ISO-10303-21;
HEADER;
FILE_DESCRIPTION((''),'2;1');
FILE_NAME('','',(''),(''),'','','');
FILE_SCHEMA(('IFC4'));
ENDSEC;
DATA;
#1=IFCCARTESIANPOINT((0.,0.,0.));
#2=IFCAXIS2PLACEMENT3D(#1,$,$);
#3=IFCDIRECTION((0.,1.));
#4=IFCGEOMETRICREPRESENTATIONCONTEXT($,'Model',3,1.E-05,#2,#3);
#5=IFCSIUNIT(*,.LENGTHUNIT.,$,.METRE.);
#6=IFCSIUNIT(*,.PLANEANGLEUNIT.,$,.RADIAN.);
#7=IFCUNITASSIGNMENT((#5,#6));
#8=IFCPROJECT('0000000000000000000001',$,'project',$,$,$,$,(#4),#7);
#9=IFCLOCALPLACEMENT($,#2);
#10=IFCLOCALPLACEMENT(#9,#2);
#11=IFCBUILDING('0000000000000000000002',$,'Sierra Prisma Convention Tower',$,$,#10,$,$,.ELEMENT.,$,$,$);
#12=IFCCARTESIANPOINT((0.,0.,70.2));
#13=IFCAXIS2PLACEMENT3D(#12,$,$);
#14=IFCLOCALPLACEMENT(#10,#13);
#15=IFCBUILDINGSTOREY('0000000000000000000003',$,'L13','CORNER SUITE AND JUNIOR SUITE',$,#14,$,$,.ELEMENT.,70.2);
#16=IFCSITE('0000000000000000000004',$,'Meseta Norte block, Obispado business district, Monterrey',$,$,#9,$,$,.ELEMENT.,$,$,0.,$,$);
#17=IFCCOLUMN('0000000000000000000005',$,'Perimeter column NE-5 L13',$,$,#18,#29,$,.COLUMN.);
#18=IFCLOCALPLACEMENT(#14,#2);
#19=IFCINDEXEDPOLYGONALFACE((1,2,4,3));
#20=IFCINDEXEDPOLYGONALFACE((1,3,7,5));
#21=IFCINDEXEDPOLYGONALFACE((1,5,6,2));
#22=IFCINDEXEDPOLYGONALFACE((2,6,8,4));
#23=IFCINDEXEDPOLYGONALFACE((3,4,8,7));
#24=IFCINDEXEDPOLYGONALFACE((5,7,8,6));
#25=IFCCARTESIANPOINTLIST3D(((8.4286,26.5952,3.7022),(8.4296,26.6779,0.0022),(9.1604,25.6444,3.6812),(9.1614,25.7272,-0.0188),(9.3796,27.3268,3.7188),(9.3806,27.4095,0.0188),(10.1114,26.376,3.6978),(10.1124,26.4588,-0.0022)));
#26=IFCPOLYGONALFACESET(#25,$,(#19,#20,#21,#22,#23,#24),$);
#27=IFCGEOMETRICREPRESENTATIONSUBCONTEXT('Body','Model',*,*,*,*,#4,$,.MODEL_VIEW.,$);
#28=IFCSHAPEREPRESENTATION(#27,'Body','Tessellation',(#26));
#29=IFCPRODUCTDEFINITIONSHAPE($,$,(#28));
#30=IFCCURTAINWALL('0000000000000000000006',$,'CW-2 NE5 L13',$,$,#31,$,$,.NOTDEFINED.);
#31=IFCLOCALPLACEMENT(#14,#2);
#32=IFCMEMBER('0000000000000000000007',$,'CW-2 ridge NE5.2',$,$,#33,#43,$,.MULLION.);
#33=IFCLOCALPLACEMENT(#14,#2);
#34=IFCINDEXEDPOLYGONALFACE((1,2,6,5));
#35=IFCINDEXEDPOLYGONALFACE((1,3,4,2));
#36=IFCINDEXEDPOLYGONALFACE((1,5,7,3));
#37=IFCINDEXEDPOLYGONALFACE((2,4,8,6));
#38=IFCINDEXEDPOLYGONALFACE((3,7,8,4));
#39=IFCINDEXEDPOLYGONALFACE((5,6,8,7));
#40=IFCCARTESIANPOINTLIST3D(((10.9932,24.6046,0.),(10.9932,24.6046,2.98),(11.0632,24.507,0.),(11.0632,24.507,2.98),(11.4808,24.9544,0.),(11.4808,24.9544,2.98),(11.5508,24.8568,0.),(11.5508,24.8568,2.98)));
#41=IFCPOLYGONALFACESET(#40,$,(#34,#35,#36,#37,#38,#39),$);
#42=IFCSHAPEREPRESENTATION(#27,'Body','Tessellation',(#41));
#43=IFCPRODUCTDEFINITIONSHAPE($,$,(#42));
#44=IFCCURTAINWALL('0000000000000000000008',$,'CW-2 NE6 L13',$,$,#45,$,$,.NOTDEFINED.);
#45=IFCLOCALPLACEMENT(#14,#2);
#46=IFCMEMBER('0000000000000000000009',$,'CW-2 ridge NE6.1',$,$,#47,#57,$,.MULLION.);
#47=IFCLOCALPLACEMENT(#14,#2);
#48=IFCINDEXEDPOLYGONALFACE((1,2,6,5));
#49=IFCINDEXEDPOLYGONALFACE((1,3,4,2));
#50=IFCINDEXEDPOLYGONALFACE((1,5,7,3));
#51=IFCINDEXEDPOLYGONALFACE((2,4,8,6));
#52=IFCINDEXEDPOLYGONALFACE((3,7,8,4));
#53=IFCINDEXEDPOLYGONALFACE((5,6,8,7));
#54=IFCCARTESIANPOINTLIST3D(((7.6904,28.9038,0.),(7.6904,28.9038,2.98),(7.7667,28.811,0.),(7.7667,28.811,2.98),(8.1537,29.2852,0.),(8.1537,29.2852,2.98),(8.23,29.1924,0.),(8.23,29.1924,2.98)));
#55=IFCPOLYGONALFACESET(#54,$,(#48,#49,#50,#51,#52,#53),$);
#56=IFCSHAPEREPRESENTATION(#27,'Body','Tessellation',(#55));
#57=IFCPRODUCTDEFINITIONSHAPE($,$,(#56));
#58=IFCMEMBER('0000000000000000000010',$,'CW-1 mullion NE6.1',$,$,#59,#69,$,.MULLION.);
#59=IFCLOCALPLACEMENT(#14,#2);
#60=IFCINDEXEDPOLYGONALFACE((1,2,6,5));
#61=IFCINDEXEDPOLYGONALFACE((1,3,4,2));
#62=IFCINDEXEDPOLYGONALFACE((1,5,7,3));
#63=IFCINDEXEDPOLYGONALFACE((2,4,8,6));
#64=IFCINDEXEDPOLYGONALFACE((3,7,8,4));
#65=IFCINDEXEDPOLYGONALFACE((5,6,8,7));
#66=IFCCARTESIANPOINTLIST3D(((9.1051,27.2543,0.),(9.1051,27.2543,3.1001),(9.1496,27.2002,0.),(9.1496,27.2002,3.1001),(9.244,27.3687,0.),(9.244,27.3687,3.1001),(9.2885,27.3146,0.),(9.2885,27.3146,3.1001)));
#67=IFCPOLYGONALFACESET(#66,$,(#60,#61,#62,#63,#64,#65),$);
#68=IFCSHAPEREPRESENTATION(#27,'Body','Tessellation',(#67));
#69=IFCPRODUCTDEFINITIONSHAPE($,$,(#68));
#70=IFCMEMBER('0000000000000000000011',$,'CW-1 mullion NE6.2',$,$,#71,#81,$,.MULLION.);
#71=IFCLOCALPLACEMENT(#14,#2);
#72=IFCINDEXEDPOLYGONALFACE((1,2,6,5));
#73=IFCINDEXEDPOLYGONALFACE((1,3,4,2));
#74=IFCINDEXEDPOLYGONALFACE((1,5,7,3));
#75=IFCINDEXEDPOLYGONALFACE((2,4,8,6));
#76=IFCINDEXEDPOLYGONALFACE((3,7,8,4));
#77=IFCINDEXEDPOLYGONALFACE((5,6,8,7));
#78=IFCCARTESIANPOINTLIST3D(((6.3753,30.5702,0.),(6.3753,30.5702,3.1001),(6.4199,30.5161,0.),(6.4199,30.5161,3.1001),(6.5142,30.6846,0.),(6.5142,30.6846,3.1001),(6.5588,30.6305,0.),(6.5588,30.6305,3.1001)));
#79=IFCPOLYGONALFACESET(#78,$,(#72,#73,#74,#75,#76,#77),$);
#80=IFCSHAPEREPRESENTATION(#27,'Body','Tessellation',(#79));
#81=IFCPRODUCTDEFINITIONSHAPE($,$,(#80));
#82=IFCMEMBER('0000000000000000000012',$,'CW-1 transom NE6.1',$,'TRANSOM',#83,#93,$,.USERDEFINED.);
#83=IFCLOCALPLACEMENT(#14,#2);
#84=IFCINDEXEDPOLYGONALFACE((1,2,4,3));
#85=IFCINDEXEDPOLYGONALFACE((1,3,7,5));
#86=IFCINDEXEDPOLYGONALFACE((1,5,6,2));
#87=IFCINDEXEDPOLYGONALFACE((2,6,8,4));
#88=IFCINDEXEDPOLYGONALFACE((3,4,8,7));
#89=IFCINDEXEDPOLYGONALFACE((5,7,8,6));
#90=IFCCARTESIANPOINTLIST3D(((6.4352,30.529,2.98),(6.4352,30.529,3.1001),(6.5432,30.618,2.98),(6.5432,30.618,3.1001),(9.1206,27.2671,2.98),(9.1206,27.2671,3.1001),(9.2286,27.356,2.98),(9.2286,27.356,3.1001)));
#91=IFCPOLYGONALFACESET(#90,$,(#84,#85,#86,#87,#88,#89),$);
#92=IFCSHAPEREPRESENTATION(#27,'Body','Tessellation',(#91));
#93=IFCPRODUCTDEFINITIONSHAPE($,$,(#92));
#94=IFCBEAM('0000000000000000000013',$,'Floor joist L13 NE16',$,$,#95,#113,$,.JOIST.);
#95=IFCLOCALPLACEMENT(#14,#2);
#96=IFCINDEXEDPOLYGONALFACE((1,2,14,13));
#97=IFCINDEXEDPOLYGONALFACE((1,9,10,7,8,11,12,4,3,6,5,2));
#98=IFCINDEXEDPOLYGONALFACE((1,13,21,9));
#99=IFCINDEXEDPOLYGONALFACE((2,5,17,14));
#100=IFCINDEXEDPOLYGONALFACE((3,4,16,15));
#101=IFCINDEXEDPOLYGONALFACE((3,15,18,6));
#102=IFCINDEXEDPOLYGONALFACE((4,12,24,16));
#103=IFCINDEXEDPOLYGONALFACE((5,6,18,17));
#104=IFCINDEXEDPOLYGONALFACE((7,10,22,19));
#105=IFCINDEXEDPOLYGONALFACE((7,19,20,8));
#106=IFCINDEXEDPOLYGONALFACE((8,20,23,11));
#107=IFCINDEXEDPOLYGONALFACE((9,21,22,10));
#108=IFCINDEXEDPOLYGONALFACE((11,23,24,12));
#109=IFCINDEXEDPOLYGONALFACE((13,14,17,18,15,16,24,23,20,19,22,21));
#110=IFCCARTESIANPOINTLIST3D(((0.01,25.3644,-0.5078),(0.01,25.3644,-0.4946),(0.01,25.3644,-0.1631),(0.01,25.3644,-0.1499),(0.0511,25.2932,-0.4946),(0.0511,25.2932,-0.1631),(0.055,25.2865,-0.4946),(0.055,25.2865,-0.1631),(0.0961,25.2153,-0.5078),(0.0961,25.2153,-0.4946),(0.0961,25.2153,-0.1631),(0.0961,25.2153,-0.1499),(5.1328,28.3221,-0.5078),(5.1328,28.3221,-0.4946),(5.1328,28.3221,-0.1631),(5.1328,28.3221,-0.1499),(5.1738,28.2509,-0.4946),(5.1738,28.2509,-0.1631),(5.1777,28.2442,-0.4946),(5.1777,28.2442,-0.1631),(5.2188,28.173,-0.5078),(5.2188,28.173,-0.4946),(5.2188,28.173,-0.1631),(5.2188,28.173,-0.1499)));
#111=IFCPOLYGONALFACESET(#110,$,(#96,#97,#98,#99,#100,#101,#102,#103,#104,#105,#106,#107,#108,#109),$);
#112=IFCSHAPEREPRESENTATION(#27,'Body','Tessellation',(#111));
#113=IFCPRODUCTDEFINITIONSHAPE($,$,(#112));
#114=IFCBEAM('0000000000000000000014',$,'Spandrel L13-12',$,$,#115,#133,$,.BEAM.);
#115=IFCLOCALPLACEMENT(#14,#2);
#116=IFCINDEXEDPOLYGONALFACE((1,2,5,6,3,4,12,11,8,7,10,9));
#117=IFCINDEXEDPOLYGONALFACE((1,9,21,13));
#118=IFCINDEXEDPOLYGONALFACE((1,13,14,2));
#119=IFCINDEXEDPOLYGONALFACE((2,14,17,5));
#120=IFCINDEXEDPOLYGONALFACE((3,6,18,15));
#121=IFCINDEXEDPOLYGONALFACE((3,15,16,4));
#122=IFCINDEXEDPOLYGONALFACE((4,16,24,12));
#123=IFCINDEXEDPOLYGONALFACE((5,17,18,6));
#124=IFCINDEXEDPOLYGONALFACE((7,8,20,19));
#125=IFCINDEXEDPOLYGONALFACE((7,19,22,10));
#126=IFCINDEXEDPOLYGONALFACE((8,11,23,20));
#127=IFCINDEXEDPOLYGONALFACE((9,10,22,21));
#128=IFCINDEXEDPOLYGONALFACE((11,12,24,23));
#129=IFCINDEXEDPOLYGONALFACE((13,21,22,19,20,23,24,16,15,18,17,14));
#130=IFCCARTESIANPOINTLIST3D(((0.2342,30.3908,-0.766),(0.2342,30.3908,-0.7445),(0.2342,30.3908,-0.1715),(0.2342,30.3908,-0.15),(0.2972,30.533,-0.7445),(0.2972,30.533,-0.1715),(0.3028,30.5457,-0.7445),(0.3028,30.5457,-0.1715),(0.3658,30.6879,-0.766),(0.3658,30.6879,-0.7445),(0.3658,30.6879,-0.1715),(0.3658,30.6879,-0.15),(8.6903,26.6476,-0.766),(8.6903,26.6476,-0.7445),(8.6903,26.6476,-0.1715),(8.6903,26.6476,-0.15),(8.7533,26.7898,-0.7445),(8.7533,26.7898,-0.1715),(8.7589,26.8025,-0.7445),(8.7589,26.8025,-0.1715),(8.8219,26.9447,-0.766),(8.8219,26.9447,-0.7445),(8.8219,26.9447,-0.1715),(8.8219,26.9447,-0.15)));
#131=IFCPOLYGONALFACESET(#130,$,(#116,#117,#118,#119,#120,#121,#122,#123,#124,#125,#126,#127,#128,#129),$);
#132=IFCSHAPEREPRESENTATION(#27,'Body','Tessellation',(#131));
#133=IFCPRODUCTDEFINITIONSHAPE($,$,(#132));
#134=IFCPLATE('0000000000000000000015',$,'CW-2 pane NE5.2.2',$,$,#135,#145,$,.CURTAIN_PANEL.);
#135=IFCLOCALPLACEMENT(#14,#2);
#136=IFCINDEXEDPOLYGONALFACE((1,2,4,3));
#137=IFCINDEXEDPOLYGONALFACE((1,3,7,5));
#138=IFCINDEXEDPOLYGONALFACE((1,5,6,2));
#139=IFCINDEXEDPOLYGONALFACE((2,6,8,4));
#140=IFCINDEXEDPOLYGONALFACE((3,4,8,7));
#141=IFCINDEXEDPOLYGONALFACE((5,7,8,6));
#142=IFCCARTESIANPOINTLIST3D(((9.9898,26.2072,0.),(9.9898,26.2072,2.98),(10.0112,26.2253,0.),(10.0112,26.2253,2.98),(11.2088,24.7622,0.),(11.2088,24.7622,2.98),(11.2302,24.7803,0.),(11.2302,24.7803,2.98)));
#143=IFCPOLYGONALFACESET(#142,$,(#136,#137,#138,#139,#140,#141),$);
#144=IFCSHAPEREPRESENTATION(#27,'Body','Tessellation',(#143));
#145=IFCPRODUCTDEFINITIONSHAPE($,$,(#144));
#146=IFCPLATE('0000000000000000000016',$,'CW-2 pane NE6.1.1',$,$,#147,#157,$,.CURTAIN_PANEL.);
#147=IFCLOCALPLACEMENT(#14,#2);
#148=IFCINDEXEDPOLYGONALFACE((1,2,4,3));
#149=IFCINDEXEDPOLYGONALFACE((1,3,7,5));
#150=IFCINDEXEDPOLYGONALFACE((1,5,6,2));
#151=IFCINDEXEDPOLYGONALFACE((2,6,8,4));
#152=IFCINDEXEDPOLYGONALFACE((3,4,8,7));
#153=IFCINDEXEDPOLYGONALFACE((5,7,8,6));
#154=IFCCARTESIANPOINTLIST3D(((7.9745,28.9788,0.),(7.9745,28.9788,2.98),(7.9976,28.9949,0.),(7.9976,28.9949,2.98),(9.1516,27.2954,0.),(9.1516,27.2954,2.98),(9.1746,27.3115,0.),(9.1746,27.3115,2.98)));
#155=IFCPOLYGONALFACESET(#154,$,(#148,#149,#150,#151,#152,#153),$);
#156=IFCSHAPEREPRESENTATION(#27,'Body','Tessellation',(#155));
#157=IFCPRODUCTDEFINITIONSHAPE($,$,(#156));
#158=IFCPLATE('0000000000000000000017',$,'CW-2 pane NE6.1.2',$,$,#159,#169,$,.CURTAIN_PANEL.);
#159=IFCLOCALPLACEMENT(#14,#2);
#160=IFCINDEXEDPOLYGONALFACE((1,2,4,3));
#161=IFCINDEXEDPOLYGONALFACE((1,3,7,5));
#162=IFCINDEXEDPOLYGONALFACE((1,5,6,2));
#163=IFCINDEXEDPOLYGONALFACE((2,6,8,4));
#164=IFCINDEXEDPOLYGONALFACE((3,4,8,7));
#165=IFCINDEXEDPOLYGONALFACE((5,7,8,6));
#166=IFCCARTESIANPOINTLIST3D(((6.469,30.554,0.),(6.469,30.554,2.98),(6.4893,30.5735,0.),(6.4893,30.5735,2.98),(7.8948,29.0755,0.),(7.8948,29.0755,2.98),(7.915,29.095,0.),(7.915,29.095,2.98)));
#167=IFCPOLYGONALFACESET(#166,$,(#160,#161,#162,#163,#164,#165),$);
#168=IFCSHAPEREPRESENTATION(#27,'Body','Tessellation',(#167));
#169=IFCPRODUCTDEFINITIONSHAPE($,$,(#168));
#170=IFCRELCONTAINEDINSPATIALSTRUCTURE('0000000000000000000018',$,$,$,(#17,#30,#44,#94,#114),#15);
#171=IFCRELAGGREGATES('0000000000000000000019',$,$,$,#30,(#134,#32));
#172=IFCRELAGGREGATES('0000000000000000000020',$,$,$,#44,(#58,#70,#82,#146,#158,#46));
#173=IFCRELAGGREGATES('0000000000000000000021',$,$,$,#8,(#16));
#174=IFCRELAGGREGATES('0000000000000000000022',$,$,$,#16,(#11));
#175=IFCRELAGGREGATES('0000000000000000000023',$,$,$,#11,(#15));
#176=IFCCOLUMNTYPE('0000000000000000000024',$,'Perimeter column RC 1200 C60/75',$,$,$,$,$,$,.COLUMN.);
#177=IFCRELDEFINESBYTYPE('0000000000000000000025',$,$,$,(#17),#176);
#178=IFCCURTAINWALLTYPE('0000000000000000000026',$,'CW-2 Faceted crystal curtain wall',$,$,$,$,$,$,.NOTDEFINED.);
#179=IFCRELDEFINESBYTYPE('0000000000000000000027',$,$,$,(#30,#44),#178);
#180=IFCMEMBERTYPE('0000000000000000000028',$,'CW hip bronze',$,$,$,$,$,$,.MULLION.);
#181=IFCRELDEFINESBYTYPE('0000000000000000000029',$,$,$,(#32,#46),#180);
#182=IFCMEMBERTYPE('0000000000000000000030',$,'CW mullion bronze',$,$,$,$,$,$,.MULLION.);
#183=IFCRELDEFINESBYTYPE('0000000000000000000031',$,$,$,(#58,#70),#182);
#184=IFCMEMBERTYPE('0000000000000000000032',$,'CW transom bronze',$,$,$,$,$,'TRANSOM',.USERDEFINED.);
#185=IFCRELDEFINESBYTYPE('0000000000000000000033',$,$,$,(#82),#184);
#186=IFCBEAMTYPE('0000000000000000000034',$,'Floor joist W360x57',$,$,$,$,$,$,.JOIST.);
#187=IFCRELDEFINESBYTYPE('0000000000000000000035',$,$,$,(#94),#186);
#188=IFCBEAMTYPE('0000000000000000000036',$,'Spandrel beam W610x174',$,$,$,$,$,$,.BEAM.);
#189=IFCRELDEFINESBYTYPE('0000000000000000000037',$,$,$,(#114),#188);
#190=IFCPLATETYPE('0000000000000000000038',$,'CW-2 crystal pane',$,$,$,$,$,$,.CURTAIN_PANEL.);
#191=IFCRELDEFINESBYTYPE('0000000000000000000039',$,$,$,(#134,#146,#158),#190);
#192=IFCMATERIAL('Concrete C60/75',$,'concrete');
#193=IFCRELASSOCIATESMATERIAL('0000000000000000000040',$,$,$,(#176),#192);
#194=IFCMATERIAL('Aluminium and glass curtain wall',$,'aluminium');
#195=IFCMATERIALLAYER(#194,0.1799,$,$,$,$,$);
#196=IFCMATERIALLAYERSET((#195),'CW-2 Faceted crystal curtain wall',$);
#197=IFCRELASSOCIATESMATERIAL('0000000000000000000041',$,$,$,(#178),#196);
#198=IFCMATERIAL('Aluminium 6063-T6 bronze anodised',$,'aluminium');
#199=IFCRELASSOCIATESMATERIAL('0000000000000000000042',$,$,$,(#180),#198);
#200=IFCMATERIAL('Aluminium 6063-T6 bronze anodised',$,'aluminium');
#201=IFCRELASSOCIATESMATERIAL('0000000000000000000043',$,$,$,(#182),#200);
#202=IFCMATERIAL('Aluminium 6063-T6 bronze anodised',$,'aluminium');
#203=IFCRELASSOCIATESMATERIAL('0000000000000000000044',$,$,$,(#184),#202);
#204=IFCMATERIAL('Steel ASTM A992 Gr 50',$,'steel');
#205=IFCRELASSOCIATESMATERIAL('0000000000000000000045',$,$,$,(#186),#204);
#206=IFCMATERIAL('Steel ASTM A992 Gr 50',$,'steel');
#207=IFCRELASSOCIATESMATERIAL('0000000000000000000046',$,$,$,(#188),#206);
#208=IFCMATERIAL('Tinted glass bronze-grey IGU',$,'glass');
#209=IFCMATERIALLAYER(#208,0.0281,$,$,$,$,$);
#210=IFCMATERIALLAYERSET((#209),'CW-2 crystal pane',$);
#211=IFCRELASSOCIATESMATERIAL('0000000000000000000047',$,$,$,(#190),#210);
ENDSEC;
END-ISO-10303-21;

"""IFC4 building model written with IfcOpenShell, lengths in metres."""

from ifc_helpers import new_model, si_unit, direction, frame, origin, origin_2d, place, context, subcontext, project, spatial, polyline, rectangle, i_section, outline, extrude, material, layer, layer_set, material_profile, profile_set, type_object, element, aggregate, save


model = new_model("IFC4")

# Units and contexts
model_context = context("Model", 3, precision=1e-05, world=origin(), true_north=direction((0.0, 1.0)))
body_context = subcontext(model_context, "Body", "Model", "MODEL_VIEW")
ifc_project = project(units=[si_unit("LENGTHUNIT", "METRE"), si_unit("PLANEANGLEUNIT", "RADIAN")], contexts=[model_context])

# Site, building, storey
site_placement = place(None, origin())
site = spatial("IfcSite", under=ifc_project, at=site_placement, Name="Meseta Norte block, Obispado business district, Monterrey", CompositionType="ELEMENT", RefElevation=0.0)
building_placement = place(site_placement, origin())
building = spatial("IfcBuilding", under=site, at=building_placement, Name="Sierra Prisma Convention Tower", CompositionType="ELEMENT")
storey_placement = place(building_placement, frame((0.0, 0.0, 70.2)))
storey = spatial("IfcBuildingStorey", under=building, at=storey_placement, Name="L13", Description="CORNER SUITE AND JUNIOR SUITE", CompositionType="ELEMENT", Elevation=70.2)

# Column
ifc_material_1 = material(Name="Concrete C60/75", Category="concrete")
ifc_material_profile_1 = material_profile(ifc_material_1, rectangle(XDim=1.2, YDim=1.2, at=origin_2d()), Name="Perimeter column RC 1200 C60/75")
ifc_profile_set_1 = profile_set([ifc_material_profile_1], Name="Concrete C60/75")
column_type = type_object("IfcColumnType", Name="Perimeter column RC 1200 C60/75", PredefinedType="COLUMN", material=ifc_profile_set_1)
column_placement = place(storey_placement, frame((9.271, 26.5684, 0.0), z_axis=(-0.000264, -0.022363, 0.99975), x_axis=(-0.609857, 0.792316, 0.017562)))
element("IfcColumn", 1, at=column_placement, inside=storey, type_object=column_type, Name="Perimeter column NE-5 L13", PredefinedType="COLUMN", context=body_context, shape_type="SweptSolid", body=[
    extrude(rectangle(XDim=1.2, YDim=1.2, at=origin_2d()), origin(), (0.0, 0.0, 1.0), 3.7009),
])

# Curtain wall, member
ifc_material_2 = material(Name="Aluminium and glass curtain wall", Category="aluminium")
ifc_layer_1 = layer(ifc_material_2, 0.1799)
ifc_layer_set_1 = layer_set([ifc_layer_1], Name="CW-2 Faceted crystal curtain wall")
curtain_wall_type = type_object("IfcCurtainWallType", Name="CW-2 Faceted crystal curtain wall", PredefinedType="NOTDEFINED", material=ifc_layer_set_1)
curtain_wall_1_placement = place(storey_placement, origin())
curtain_wall_1 = element("IfcCurtainWall", 2, at=curtain_wall_1_placement, inside=storey, type_object=curtain_wall_type, Name="CW-2 NE5 L13", PredefinedType="NOTDEFINED")
ifc_material_3 = material(Name="Aluminium 6063-T6 bronze anodised", Category="aluminium")
ifc_material_profile_2 = material_profile(ifc_material_3, rectangle(XDim=0.1201, YDim=0.6001, at=origin_2d()), Name="ALU RIDGE BLADE 120x600")
ifc_profile_set_2 = profile_set([ifc_material_profile_2], Name="Aluminium 6063-T6 bronze anodised")
member_type_1 = type_object("IfcMemberType", Name="CW hip bronze", PredefinedType="MULLION", material=ifc_profile_set_2)
member_1_placement = place(storey_placement, frame((11.272, 24.7307, 0.0), z_axis=(0.0, 0.0, 1.0), x_axis=(-0.582851, 0.812579, 0.0)))
member_1 = element("IfcMember", 3, at=member_1_placement, type_object=member_type_1, Name="CW-2 ridge NE5.2", PredefinedType="MULLION", context=body_context, shape_type="SweptSolid", body=[
    extrude(rectangle(XDim=0.1201, YDim=0.6001, at=origin_2d()), origin(), (0.0, 0.0, 1.0), 2.98),
])

# Curtain wall, members
curtain_wall_2_placement = place(storey_placement, origin())
curtain_wall_2 = element("IfcCurtainWall", 4, at=curtain_wall_2_placement, inside=storey, type_object=curtain_wall_type, Name="CW-2 NE6 L13", PredefinedType="NOTDEFINED")
member_2_placement = place(storey_placement, frame((7.9602, 29.0481, 0.0), z_axis=(0.0, 0.0, 1.0), x_axis=(-0.635579, 0.772036, 0.0)))
member_2 = element("IfcMember", 5, at=member_2_placement, type_object=member_type_1, Name="CW-2 ridge NE6.1", PredefinedType="MULLION", context=body_context, shape_type="SweptSolid", body=[
    extrude(rectangle(XDim=0.1201, YDim=0.6001, at=origin_2d()), origin(), (0.0, 0.0, 1.0), 2.98),
])
ifc_material_4 = material(Name="Aluminium 6063-T6 bronze anodised", Category="aluminium")
ifc_material_profile_3 = material_profile(ifc_material_4, rectangle(XDim=0.1799, YDim=0.0701, at=origin_2d()), Name="ALU MULLION 70x180")
ifc_profile_set_3 = profile_set([ifc_material_profile_3], Name="Aluminium 6063-T6 bronze anodised")
member_type_2 = type_object("IfcMemberType", Name="CW mullion bronze", PredefinedType="MULLION", material=ifc_profile_set_3)
member_3_placement = place(storey_placement, frame((9.1968, 27.2844, 0.0), z_axis=(0.0, 0.0, 1.0), x_axis=(-0.772036, -0.635579, 0.0)))
member_3 = element("IfcMember", 6, at=member_3_placement, type_object=member_type_2, Name="CW-1 mullion NE6.1", PredefinedType="MULLION", context=body_context, shape_type="SweptSolid", body=[
    extrude(rectangle(XDim=0.1799, YDim=0.0701, at=origin_2d()), origin(), (0.0, 0.0, 1.0), 3.1001),
])
member_4_placement = place(storey_placement, frame((6.467, 30.6003, 0.0), z_axis=(0.0, 0.0, 1.0), x_axis=(-0.772036, -0.635579, 0.0)))
member_4 = element("IfcMember", 7, at=member_4_placement, type_object=member_type_2, Name="CW-1 mullion NE6.2", PredefinedType="MULLION", context=body_context, shape_type="SweptSolid", body=[
    extrude(rectangle(XDim=0.1799, YDim=0.0701, at=origin_2d()), origin(), (0.0, 0.0, 1.0), 3.1001),
])
ifc_material_5 = material(Name="Aluminium 6063-T6 bronze anodised", Category="aluminium")
ifc_material_profile_4 = material_profile(ifc_material_5, rectangle(XDim=0.1399, YDim=0.1201, at=origin_2d()), Name="ALU TRANSOM 120x140")
ifc_profile_set_4 = profile_set([ifc_material_profile_4], Name="Aluminium 6063-T6 bronze anodised")
member_type_3 = type_object("IfcMemberType", Name="CW transom bronze", ElementType="TRANSOM", PredefinedType="USERDEFINED", material=ifc_profile_set_4)
member_5_placement = place(storey_placement, frame((9.1746, 27.3115, 3.04), z_axis=(-0.635563, 0.772049, 0.0), x_axis=(-0.772049, -0.635563, 0.0)))
member_5 = element("IfcMember", 8, at=member_5_placement, type_object=member_type_3, Name="CW-1 transom NE6.1", ObjectType="TRANSOM", PredefinedType="USERDEFINED", context=body_context, shape_type="SweptSolid", body=[
    extrude(rectangle(XDim=0.1399, YDim=0.1201, at=origin_2d()), origin(), (0.0, 0.0, 1.0), 4.2251),
])

# Beams
ifc_material_6 = material(Name="Steel ASTM A992 Gr 50", Category="steel")
ifc_material_profile_5 = material_profile(ifc_material_6, i_section(OverallWidth=0.1721, OverallDepth=0.3579, WebThickness=0.0078, FlangeThickness=0.0132, at=origin_2d()), Name="W360x57")
ifc_profile_set_5 = profile_set([ifc_material_profile_5], Name="Steel ASTM A992 Gr 50")
beam_type_1 = type_object("IfcBeamType", Name="Floor joist W360x57", PredefinedType="JOIST", material=ifc_profile_set_5)
beam_1_placement = place(storey_placement, frame((5.1758, 28.2476, -0.3289), z_axis=(-0.866017, -0.500014, 0.0), x_axis=(0.500014, -0.866017, 0.0)))
element("IfcBeam", 9, at=beam_1_placement, inside=storey, type_object=beam_type_1, Name="Floor joist L13 NE16", PredefinedType="JOIST", context=body_context, shape_type="SweptSolid", body=[
    extrude(i_section(OverallWidth=0.1721, OverallDepth=0.3579, WebThickness=0.0078, FlangeThickness=0.0132, at=origin_2d()), origin(), (0.0, 0.0, 1.0), 5.9153),
])
ifc_material_7 = material(Name="Steel ASTM A992 Gr 50", Category="steel")
ifc_material_profile_6 = material_profile(ifc_material_7, i_section(OverallWidth=0.325, OverallDepth=0.616, WebThickness=0.0139, FlangeThickness=0.0215, at=origin_2d()), Name="W610x174")
ifc_profile_set_6 = profile_set([ifc_material_profile_6], Name="Steel ASTM A992 Gr 50")
beam_type_2 = type_object("IfcBeamType", Name="Spandrel beam W610x174", PredefinedType="BEAM", material=ifc_profile_set_6)
beam_2_placement = place(storey_placement, frame((8.7561, 26.7961, -0.458), z_axis=(-0.914416, 0.404776, 0.0), x_axis=(-0.404776, -0.914416, 0.0)))
element("IfcBeam", 10, at=beam_2_placement, inside=storey, type_object=beam_type_2, Name="Spandrel L13-12", PredefinedType="BEAM", context=body_context, shape_type="SweptSolid", body=[
    extrude(i_section(OverallWidth=0.325, OverallDepth=0.616, WebThickness=0.0139, FlangeThickness=0.0215, at=origin_2d()), origin(), (0.0, 0.0, 1.0), 9.2476),
])

# Plates
ifc_material_8 = material(Name="Tinted glass bronze-grey IGU", Category="glass")
ifc_layer_2 = layer(ifc_material_8, 0.0281)
ifc_layer_set_2 = layer_set([ifc_layer_2], Name="CW-2 crystal pane")
plate_type = type_object("IfcPlateType", Name="CW-2 crystal pane", PredefinedType="CURTAIN_PANEL", material=ifc_layer_set_2)
plate_1_placement = place(storey_placement, frame((10.0112, 26.2253, 0.0), z_axis=(0.764365, 0.644784, 0.0), x_axis=(0.644784, -0.764365, 0.0)))
plate_1 = element("IfcPlate", 11, at=plate_1_placement, type_object=plate_type, Name="CW-2 pane NE5.2.2", PredefinedType="CURTAIN_PANEL", context=body_context, shape_type="SweptSolid", body=[
    extrude(outline(polyline([(0.0, 0.0), (1.8905, 0.0), (1.8905, -2.98), (0.0, -2.98), (0.0, 0.0)])), origin(), (0.0, 0.0, -1.0), 0.0281),
])
aggregate(curtain_wall_1, [plate_1, member_1])
plate_2_placement = place(storey_placement, frame((9.1746, 27.3115, 0.0), z_axis=(0.819539, 0.573024, 0.0), x_axis=(-0.573024, 0.819539, 0.0)))
plate_2 = element("IfcPlate", 12, at=plate_2_placement, type_object=plate_type, Name="CW-2 pane NE6.1.1", PredefinedType="CURTAIN_PANEL", context=body_context, shape_type="SweptSolid", body=[
    extrude(outline(polyline([(0.0, 0.0), (2.054, 0.0), (2.054, 2.98), (0.0, 2.98), (0.0, 0.0)])), origin(), (0.0, 0.0, -1.0), 0.0281),
])
plate_3_placement = place(storey_placement, frame((6.4893, 30.5735, 0.0), z_axis=(0.719827, 0.694153, 0.0), x_axis=(0.694153, -0.719827, 0.0)))
plate_3 = element("IfcPlate", 13, at=plate_3_placement, type_object=plate_type, Name="CW-2 pane NE6.1.2", PredefinedType="CURTAIN_PANEL", context=body_context, shape_type="SweptSolid", body=[
    extrude(outline(polyline([(0.0, 0.0), (2.054, 0.0), (2.054, -2.98), (0.0, -2.98), (0.0, 0.0)])), origin(), (0.0, 0.0, -1.0), 0.0281),
])
aggregate(curtain_wall_2, [member_3, member_4, member_5, plate_2, plate_3, member_2])

save(model, "model.ifc")
